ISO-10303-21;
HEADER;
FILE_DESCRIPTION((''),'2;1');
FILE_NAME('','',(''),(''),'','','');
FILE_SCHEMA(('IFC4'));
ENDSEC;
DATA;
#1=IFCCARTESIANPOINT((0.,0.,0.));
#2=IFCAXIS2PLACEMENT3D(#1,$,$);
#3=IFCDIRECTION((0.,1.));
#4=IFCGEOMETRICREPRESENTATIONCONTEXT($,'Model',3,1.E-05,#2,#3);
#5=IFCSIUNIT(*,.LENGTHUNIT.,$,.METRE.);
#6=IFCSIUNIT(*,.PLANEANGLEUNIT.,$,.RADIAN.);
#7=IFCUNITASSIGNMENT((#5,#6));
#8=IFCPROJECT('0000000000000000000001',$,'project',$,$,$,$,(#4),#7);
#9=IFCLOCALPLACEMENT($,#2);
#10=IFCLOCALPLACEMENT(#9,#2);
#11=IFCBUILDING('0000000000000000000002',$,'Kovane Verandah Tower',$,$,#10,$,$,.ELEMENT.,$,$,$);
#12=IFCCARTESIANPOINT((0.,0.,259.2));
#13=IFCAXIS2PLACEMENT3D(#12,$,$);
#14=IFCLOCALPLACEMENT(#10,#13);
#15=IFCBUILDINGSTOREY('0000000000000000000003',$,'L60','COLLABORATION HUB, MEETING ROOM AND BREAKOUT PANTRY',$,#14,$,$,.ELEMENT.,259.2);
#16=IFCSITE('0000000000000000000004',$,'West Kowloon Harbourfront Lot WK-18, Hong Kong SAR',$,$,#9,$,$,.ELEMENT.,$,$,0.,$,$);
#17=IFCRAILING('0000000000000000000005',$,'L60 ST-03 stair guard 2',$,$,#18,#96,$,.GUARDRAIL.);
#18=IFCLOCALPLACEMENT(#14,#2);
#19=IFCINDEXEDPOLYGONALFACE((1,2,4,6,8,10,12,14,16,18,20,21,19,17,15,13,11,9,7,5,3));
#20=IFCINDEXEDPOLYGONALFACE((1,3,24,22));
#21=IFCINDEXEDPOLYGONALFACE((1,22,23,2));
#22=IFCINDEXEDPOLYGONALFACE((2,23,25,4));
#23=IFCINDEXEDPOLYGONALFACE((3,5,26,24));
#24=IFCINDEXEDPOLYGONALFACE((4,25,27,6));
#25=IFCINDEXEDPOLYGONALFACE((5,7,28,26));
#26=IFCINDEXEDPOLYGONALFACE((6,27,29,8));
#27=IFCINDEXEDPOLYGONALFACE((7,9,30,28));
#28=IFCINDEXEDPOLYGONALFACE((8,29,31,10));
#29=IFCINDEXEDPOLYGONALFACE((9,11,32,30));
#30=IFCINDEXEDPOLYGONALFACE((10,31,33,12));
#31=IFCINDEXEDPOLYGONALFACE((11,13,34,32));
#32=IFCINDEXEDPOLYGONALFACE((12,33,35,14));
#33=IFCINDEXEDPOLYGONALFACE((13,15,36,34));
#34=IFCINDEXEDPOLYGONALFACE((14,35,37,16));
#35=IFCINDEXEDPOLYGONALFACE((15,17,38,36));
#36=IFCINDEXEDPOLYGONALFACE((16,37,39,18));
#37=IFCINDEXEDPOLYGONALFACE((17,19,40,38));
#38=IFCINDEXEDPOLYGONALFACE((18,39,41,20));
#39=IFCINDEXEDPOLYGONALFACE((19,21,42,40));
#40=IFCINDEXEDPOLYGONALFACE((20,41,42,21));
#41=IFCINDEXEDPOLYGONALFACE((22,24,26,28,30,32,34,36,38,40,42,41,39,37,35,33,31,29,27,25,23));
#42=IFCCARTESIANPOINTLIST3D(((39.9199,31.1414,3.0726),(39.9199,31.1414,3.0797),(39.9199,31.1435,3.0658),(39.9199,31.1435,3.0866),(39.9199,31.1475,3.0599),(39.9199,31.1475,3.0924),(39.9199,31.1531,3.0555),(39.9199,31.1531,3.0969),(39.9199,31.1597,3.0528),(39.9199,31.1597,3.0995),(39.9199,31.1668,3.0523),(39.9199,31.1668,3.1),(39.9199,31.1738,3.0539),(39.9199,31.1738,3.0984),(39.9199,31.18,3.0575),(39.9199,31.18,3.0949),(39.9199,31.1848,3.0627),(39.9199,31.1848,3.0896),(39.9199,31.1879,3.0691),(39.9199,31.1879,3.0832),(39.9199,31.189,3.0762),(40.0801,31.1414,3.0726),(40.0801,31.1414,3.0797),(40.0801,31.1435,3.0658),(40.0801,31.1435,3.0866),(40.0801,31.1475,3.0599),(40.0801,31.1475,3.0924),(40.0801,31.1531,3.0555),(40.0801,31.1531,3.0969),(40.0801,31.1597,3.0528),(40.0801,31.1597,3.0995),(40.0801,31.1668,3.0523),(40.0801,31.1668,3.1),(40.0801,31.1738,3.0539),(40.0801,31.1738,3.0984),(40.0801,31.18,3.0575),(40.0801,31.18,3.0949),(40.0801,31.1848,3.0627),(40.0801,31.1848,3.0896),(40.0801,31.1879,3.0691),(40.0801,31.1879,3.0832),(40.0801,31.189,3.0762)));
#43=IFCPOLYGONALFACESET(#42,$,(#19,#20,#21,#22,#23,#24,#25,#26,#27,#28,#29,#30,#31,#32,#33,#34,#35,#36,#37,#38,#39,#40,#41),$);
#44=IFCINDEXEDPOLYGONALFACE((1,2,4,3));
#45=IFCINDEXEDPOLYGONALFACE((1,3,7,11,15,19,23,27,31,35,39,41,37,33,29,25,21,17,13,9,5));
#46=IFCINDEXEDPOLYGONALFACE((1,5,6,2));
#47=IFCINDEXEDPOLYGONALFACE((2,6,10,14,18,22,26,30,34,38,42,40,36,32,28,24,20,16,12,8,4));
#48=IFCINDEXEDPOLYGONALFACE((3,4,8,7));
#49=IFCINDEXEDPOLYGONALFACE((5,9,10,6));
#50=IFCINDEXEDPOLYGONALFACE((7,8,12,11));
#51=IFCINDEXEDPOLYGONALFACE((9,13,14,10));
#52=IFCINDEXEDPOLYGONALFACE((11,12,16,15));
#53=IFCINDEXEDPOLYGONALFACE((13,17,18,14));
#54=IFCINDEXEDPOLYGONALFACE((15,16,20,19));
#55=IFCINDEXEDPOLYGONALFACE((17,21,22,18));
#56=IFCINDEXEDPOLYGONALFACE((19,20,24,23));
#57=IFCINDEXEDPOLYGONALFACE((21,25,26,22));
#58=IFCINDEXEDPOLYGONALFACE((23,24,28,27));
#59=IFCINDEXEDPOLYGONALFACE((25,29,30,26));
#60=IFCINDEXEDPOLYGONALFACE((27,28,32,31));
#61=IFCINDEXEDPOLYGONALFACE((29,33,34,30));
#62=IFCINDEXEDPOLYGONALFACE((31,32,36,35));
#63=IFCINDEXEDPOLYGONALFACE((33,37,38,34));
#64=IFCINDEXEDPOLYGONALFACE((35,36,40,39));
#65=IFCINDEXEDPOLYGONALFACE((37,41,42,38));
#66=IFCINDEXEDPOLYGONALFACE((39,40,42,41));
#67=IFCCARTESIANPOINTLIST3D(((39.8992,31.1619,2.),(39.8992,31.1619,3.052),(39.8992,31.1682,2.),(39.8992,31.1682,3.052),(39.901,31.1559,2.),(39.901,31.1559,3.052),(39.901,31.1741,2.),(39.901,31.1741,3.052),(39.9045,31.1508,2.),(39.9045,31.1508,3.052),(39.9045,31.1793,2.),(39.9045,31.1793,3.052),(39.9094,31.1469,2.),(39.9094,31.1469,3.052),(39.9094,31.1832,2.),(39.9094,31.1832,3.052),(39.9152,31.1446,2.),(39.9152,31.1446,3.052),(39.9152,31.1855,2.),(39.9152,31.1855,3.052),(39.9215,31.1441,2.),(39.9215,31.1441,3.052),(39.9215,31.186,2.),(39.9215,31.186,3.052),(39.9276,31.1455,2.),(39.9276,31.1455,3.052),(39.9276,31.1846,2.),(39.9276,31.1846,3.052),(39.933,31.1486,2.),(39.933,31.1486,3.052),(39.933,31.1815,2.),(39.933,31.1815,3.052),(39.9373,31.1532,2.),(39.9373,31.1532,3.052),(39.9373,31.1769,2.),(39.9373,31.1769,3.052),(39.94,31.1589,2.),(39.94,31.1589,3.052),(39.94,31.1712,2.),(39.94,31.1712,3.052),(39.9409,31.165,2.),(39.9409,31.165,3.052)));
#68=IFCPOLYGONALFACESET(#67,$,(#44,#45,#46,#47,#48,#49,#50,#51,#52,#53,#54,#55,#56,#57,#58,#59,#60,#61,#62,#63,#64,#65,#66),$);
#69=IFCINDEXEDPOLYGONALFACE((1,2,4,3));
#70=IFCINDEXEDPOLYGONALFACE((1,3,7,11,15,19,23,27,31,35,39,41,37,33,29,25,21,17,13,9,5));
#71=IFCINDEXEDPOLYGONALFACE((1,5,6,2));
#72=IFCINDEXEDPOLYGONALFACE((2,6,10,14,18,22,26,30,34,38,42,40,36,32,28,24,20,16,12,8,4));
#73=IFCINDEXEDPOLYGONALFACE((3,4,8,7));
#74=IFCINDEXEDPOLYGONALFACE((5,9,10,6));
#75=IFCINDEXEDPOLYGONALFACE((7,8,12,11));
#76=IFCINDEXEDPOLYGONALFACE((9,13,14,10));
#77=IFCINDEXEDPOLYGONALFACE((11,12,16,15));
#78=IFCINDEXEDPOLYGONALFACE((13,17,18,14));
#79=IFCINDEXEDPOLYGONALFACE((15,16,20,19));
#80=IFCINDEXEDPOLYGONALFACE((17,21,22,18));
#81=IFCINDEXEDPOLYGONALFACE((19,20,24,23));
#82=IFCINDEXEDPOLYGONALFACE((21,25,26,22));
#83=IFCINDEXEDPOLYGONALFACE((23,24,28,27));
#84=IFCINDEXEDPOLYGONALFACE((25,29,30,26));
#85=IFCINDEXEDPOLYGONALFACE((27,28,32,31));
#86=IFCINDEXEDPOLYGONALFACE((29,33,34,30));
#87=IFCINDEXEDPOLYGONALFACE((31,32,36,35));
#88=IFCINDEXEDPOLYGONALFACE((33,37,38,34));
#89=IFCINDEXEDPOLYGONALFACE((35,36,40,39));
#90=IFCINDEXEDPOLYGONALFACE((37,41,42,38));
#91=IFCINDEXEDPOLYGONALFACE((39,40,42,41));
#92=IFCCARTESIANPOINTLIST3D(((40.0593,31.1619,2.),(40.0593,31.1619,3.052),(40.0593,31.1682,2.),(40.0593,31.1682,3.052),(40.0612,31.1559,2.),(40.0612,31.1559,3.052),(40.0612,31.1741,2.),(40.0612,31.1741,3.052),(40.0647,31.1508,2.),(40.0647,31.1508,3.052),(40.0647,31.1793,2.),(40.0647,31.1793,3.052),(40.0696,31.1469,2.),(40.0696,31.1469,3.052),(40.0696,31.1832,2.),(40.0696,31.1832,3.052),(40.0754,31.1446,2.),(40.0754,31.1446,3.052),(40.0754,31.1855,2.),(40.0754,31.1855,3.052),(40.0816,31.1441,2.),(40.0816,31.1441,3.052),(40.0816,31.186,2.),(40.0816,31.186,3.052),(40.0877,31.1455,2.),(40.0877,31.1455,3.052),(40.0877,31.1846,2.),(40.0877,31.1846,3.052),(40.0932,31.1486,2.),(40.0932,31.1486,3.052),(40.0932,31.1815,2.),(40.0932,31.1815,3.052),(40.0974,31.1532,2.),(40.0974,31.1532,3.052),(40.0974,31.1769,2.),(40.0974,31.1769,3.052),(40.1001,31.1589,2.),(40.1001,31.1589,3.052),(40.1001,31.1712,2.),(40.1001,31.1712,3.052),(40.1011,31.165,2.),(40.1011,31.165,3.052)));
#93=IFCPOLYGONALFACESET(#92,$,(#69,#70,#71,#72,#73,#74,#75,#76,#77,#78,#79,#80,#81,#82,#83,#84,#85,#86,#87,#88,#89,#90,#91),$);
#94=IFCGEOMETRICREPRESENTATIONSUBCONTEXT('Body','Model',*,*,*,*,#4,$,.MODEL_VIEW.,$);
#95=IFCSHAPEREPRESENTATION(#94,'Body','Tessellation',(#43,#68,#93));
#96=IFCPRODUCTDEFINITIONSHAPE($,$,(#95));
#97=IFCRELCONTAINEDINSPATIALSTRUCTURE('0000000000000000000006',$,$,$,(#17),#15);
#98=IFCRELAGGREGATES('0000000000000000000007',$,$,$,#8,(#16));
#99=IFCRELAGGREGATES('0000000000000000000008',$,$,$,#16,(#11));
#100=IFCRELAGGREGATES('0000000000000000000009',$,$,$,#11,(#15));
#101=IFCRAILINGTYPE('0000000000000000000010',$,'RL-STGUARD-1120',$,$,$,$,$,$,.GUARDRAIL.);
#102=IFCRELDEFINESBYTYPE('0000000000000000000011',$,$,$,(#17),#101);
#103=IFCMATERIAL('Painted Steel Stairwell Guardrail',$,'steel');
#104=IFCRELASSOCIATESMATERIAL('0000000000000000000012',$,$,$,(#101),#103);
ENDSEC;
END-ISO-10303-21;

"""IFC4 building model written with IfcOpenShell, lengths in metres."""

from ifc_helpers import new_model, si_unit, direction, frame, origin, origin_2d, place, context, subcontext, project, spatial, circle, extrude, material, type_object, element, save


model = new_model("IFC4")

# Units and contexts
model_context = context("Model", 3, precision=1e-05, world=origin(), true_north=direction((0.0, 1.0)))
body_context = subcontext(model_context, "Body", "Model", "MODEL_VIEW")
ifc_project = project(units=[si_unit("LENGTHUNIT", "METRE"), si_unit("PLANEANGLEUNIT", "RADIAN")], contexts=[model_context])

# Site, building, storey
site_placement = place(None, origin())
site = spatial("IfcSite", under=ifc_project, at=site_placement, Name="West Kowloon Harbourfront Lot WK-18, Hong Kong SAR", CompositionType="ELEMENT", RefElevation=0.0)
building_placement = place(site_placement, origin())
building = spatial("IfcBuilding", under=site, at=building_placement, Name="Kovane Verandah Tower", CompositionType="ELEMENT")
storey_placement = place(building_placement, frame((0.0, 0.0, 259.2)))
storey = spatial("IfcBuildingStorey", under=building, at=storey_placement, Name="L60", Description="COLLABORATION HUB, MEETING ROOM AND BREAKOUT PANTRY", CompositionType="ELEMENT", Elevation=259.2)

# Railing
ifc_material_1 = material(Name="Painted Steel Stairwell Guardrail", Category="steel")
railing_type_1 = type_object("IfcRailingType", Name="RL-STGUARD-1120", PredefinedType="GUARDRAIL", material=ifc_material_1)
railing_1_placement = place(storey_placement, frame((39.9199, 31.165, 2.0)))
element("IfcRailing", 1, at=railing_1_placement, inside=storey, type_object=railing_type_1, Name="L60 ST-03 stair guard 2", PredefinedType="GUARDRAIL", context=body_context, shape_type="SweptSolid", body=[
    extrude(circle(Radius=0.0239, at=origin_2d()), frame((0.0, 0.0, 1.0762), z_axis=(1.0, 0.0, 0.0), x_axis=(0.0, 1.0, 0.0)), (0.0, 0.0, 1.0), 0.1602),
    extrude(circle(Radius=0.021, at=origin_2d()), origin(), (0.0, 0.0, 1.0), 1.052),
    extrude(circle(Radius=0.021, at=origin_2d()), frame((0.1602, 0.0, 0.0)), (0.0, 0.0, 1.0), 1.052),
])

save(model, "model.ifc")
